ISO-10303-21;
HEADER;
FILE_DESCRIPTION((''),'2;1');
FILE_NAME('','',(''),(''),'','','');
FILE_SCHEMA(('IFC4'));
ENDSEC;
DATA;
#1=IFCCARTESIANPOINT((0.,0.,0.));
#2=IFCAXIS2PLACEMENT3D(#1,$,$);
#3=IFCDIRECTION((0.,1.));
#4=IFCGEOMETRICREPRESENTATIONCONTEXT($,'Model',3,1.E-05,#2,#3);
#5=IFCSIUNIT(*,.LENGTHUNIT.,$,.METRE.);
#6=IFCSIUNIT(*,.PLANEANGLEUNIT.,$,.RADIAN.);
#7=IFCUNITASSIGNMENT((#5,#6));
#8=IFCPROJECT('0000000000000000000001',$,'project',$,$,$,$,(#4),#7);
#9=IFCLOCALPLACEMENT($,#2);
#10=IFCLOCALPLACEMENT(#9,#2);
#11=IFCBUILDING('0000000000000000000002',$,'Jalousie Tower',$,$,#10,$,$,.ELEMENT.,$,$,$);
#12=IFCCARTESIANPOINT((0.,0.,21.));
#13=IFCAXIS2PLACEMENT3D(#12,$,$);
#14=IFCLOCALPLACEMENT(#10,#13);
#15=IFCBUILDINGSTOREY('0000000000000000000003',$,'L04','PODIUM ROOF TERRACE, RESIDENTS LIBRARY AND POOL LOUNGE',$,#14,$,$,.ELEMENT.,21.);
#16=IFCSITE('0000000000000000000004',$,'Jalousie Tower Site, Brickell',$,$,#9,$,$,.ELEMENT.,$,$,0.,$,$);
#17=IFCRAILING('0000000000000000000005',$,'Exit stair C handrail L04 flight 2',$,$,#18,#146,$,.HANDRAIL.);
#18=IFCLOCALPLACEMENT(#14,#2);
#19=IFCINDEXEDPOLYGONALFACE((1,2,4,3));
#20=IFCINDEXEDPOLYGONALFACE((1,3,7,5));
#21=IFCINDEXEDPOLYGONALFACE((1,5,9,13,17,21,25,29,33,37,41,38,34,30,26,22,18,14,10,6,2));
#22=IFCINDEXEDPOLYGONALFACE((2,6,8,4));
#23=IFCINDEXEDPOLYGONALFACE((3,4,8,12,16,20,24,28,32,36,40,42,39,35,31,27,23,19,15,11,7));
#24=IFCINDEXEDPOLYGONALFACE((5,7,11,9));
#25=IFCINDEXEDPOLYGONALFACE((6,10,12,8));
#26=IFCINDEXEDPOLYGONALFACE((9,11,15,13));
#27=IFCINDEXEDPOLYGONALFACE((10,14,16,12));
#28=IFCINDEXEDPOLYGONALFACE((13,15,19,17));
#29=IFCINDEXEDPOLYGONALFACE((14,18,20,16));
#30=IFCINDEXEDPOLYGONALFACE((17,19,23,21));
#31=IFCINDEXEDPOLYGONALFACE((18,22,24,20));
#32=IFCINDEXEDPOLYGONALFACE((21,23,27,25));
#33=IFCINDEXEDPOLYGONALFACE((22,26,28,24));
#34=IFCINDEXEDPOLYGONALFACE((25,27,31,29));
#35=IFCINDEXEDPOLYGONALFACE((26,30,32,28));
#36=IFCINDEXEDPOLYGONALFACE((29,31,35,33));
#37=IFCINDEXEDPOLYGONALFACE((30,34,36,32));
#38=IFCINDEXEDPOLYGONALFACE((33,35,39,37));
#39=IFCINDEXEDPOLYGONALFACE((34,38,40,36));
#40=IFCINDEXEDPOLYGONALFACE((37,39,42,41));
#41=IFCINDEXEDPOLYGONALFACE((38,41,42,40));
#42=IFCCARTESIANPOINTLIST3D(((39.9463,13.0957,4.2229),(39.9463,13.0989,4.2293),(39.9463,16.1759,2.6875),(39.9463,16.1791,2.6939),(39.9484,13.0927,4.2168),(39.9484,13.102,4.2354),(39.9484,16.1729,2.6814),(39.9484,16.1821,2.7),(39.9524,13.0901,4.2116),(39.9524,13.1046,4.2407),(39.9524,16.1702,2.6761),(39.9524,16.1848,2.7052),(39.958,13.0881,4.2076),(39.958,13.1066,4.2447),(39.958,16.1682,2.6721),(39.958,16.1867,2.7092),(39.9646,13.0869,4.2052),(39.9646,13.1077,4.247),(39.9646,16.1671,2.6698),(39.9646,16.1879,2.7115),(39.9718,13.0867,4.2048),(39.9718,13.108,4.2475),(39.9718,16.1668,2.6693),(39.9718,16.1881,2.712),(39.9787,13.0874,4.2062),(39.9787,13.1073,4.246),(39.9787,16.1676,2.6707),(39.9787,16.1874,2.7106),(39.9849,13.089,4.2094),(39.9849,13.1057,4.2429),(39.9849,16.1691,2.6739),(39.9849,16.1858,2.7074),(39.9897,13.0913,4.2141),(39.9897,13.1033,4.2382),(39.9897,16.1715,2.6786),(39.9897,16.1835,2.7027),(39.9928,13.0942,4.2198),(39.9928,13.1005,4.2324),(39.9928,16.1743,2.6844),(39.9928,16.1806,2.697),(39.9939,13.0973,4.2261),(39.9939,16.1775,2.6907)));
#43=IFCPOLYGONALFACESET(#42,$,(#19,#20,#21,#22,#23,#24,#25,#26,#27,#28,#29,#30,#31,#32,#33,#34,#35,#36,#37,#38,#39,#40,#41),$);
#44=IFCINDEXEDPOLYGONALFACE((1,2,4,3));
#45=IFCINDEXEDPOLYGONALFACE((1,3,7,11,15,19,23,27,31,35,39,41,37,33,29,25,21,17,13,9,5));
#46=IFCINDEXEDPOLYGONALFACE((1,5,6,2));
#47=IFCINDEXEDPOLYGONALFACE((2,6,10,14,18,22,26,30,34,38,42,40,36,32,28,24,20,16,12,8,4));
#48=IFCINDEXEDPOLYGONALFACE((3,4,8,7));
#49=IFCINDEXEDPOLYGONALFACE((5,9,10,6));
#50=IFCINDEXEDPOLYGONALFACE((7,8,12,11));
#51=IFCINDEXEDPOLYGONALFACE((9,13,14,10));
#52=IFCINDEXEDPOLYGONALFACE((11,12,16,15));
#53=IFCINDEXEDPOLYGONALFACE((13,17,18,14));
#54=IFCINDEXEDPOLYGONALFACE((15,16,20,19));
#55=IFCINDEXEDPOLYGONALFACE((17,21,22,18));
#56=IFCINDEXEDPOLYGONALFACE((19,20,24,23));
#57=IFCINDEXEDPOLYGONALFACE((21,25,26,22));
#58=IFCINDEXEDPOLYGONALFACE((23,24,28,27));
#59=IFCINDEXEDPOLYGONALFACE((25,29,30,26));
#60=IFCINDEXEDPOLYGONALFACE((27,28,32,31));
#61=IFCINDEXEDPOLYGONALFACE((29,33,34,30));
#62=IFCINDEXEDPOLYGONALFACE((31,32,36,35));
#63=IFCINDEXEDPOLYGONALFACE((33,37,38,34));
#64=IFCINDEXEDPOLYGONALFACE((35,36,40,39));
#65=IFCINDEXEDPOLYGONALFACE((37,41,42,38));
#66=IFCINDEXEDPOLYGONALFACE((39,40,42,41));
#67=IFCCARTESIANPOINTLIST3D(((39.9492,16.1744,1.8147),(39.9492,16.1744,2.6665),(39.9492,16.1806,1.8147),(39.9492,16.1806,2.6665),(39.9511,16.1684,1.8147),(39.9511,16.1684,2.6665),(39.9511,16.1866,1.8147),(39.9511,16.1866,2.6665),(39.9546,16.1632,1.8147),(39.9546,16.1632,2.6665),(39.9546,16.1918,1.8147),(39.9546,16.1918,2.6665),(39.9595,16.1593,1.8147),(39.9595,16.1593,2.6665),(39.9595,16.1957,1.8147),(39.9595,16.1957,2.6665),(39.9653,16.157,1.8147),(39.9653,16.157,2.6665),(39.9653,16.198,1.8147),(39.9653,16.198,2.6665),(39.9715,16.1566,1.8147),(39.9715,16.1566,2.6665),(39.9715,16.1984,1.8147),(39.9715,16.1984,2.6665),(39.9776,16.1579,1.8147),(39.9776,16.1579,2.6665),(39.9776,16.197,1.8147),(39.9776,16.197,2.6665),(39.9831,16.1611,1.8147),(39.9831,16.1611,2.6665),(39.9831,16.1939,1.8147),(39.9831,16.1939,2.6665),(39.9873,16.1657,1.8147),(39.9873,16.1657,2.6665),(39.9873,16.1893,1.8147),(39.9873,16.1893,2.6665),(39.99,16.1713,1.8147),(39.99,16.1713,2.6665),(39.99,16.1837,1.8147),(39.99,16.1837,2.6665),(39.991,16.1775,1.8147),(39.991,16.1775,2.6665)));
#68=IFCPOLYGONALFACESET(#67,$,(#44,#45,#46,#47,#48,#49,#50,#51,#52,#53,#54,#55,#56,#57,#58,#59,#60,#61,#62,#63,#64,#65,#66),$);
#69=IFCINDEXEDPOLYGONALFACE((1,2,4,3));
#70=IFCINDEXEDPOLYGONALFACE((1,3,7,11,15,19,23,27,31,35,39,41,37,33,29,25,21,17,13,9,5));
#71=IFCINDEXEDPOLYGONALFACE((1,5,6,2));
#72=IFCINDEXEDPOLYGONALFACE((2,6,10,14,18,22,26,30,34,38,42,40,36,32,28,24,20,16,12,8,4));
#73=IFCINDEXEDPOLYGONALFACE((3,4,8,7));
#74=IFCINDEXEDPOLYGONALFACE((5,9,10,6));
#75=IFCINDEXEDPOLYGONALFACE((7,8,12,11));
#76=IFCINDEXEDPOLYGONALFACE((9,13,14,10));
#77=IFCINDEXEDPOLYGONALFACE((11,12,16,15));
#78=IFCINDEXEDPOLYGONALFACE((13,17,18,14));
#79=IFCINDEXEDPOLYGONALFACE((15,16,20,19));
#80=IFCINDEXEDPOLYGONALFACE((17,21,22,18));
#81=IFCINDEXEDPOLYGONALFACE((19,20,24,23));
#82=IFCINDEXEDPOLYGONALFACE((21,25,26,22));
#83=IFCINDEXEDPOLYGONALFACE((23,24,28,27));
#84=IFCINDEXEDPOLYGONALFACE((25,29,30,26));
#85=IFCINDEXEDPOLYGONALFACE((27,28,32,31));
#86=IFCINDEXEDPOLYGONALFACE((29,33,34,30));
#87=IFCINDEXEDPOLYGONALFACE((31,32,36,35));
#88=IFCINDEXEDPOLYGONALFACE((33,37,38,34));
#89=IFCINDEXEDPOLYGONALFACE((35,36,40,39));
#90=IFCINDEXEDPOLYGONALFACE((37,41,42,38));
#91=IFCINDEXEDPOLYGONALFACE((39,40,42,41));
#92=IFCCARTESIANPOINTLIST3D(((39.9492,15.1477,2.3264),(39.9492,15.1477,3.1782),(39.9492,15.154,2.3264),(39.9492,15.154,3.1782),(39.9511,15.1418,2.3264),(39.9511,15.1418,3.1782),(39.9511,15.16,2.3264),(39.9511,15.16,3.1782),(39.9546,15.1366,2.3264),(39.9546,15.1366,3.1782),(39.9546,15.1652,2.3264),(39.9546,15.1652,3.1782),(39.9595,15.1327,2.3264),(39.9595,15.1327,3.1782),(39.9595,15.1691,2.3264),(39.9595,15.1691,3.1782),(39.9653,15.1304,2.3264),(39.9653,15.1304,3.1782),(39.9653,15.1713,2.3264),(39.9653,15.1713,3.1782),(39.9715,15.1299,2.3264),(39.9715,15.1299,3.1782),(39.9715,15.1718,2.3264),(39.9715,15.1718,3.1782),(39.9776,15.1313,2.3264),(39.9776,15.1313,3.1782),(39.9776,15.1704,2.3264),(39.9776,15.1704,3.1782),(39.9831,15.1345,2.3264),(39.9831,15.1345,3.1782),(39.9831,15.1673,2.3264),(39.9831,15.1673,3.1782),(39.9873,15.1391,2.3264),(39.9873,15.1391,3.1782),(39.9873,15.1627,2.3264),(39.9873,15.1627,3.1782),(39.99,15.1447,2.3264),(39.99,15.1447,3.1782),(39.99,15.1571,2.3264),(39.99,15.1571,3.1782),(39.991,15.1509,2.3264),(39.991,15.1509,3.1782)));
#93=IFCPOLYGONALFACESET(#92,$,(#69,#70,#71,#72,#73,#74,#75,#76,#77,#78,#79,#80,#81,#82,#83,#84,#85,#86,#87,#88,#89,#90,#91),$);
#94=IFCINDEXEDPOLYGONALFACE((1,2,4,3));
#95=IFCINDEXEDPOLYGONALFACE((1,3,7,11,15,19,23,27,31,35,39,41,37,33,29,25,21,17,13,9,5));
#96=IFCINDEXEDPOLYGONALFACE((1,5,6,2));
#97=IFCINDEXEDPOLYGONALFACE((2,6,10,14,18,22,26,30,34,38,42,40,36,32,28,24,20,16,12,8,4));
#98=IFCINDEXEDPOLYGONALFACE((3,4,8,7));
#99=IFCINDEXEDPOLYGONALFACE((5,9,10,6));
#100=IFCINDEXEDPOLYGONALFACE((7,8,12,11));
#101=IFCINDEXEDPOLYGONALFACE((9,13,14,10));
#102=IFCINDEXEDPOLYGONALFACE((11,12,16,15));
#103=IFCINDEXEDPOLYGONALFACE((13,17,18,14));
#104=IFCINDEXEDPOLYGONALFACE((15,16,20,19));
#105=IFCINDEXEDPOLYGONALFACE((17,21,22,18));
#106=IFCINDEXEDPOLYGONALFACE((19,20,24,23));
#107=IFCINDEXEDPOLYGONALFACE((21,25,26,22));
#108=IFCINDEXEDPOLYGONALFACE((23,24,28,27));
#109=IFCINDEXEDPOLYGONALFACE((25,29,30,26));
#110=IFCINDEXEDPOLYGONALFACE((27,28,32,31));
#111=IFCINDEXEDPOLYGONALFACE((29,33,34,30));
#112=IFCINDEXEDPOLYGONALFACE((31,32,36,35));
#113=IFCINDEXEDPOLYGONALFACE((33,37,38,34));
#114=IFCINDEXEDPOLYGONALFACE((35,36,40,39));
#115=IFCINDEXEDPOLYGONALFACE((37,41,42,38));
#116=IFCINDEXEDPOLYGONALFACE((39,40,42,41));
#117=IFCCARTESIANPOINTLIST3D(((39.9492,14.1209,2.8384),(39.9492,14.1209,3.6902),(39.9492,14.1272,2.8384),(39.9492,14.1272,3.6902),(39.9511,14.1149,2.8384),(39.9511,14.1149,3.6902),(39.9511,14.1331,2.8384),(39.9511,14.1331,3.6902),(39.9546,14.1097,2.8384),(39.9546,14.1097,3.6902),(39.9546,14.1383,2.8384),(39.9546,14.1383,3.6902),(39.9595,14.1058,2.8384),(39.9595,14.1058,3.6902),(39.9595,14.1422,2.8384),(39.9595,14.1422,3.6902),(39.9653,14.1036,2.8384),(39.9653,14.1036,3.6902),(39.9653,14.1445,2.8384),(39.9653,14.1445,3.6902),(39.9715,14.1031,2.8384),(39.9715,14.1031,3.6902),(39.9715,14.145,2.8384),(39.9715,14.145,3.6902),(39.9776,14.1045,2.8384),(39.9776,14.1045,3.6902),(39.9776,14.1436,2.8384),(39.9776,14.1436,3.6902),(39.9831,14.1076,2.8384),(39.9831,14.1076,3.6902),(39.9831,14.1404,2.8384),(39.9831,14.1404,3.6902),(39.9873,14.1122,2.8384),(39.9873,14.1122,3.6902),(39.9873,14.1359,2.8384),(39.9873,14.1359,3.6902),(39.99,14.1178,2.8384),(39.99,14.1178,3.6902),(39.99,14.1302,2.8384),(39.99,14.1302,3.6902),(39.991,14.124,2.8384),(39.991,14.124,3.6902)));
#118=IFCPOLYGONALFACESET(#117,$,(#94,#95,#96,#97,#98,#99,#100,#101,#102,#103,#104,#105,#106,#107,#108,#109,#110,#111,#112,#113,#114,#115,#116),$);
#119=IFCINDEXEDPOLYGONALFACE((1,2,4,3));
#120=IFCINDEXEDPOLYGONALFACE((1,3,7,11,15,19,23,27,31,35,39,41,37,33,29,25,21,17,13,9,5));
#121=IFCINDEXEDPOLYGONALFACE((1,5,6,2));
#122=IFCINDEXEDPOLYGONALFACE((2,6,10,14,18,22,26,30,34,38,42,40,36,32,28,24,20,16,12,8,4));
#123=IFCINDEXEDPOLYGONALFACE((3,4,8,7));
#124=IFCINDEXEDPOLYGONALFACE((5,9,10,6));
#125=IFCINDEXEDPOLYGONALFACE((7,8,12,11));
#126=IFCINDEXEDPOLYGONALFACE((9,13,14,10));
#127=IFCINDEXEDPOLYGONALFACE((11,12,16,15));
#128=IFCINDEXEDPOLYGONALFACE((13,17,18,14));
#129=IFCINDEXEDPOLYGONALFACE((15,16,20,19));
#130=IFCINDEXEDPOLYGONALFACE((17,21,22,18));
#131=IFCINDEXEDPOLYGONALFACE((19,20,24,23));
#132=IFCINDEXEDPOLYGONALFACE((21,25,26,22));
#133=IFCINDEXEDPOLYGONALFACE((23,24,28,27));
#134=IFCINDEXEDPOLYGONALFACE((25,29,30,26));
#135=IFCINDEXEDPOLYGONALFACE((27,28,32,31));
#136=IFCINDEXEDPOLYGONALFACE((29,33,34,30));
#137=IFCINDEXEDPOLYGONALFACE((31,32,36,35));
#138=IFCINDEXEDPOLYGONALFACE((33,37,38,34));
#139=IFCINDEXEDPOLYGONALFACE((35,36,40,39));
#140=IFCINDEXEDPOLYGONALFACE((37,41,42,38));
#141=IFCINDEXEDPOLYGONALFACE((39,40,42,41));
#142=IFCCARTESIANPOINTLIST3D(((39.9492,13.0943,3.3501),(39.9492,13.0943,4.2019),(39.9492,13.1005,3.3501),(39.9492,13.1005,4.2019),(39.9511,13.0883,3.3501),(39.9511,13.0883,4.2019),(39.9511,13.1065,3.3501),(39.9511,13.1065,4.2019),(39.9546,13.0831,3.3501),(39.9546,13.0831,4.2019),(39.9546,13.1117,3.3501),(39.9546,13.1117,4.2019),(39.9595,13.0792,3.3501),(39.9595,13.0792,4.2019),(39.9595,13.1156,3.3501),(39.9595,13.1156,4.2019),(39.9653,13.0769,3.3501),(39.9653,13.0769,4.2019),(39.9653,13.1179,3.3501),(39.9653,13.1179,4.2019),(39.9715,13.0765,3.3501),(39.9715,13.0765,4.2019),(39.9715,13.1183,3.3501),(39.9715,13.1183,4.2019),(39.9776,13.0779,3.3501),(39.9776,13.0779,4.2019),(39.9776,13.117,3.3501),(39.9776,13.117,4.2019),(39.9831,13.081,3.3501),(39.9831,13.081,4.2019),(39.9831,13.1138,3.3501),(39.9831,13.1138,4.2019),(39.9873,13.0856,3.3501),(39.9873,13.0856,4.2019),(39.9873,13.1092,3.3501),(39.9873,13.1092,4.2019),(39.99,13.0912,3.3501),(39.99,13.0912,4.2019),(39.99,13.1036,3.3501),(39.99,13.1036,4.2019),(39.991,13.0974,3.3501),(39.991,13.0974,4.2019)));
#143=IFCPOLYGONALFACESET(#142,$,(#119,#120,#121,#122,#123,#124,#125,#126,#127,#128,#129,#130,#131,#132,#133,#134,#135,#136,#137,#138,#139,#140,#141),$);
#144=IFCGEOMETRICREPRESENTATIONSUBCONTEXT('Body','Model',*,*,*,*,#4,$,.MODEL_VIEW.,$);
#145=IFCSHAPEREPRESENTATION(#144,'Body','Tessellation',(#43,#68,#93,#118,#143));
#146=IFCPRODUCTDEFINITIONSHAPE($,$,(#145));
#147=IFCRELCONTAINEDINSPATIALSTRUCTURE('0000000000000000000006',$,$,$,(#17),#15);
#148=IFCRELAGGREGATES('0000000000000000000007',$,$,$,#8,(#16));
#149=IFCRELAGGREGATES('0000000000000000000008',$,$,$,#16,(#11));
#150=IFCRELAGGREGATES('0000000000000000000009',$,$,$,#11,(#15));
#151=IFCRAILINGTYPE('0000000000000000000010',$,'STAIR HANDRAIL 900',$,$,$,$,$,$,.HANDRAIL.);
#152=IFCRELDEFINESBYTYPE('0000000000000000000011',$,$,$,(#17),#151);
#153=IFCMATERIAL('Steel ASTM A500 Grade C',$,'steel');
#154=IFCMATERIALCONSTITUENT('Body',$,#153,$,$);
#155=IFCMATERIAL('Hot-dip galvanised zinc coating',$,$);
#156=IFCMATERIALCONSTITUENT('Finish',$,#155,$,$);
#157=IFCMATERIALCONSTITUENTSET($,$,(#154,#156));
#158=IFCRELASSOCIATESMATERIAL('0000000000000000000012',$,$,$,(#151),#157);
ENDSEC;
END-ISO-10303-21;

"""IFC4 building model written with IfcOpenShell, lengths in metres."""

from ifc_helpers import new_model, si_unit, direction, frame, origin, origin_2d, place, context, subcontext, project, spatial, circle, extrude, material, constituent, constituent_set, type_object, element, save


model = new_model("IFC4")

# Units and contexts
model_context = context("Model", 3, precision=1e-05, world=origin(), true_north=direction((0.0, 1.0)))
body_context = subcontext(model_context, "Body", "Model", "MODEL_VIEW")
ifc_project = project(units=[si_unit("LENGTHUNIT", "METRE"), si_unit("PLANEANGLEUNIT", "RADIAN")], contexts=[model_context])

# Site, building, storey
site_placement = place(None, origin())
site = spatial("IfcSite", under=ifc_project, at=site_placement, Name="Jalousie Tower Site, Brickell", CompositionType="ELEMENT", RefElevation=0.0)
building_placement = place(site_placement, origin())
building = spatial("IfcBuilding", under=site, at=building_placement, Name="Jalousie Tower", CompositionType="ELEMENT")
storey_placement = place(building_placement, frame((0.0, 0.0, 21.0)))
storey = spatial("IfcBuildingStorey", under=building, at=storey_placement, Name="L04", Description="PODIUM ROOF TERRACE, RESIDENTS LIBRARY AND POOL LOUNGE", CompositionType="ELEMENT", Elevation=21.0)

# Railing
ifc_material_1 = material(Name="Steel ASTM A500 Grade C", Category="steel")
ifc_constituent_1 = constituent(ifc_material_1, Name="Body")
ifc_material_2 = material(Name="Hot-dip galvanised zinc coating")
ifc_constituent_2 = constituent(ifc_material_2, Name="Finish")
ifc_constituent_set_1 = constituent_set(constituents=[ifc_constituent_1, ifc_constituent_2])
railing_type_1 = type_object("IfcRailingType", Name="STAIR HANDRAIL 900", PredefinedType="HANDRAIL", material=ifc_constituent_set_1)
railing_1_placement = place(storey_placement, frame((39.97, 16.1775, 1.8147)))
element("IfcRailing", 1, at=railing_1_placement, inside=storey, type_object=railing_type_1, Name="Exit stair C handrail L04 flight 2", PredefinedType="HANDRAIL", context=body_context, shape_type="SweptSolid", body=[
    extrude(circle(Radius=0.0239, at=origin_2d()), frame((0.0, 0.0, 0.876), z_axis=(0.0, -0.894966, 0.446135), x_axis=(1.0, 0.0, 0.0)), (0.0, 0.0, 1.0), 3.4417),
    extrude(circle(Radius=0.021, at=origin_2d()), origin(), (0.0, 0.0, 1.0), 0.8518),
    extrude(circle(Radius=0.021, at=origin_2d()), frame((0.0, -1.0266, 0.5117)), (0.0, 0.0, 1.0), 0.8518),
    extrude(circle(Radius=0.021, at=origin_2d()), frame((0.0, -2.0535, 1.0237)), (0.0, 0.0, 1.0), 0.8518),
    extrude(circle(Radius=0.021, at=origin_2d()), frame((0.0, -3.0801, 1.5354)), (0.0, 0.0, 1.0), 0.8518),
])

save(model, "model.ifc")
